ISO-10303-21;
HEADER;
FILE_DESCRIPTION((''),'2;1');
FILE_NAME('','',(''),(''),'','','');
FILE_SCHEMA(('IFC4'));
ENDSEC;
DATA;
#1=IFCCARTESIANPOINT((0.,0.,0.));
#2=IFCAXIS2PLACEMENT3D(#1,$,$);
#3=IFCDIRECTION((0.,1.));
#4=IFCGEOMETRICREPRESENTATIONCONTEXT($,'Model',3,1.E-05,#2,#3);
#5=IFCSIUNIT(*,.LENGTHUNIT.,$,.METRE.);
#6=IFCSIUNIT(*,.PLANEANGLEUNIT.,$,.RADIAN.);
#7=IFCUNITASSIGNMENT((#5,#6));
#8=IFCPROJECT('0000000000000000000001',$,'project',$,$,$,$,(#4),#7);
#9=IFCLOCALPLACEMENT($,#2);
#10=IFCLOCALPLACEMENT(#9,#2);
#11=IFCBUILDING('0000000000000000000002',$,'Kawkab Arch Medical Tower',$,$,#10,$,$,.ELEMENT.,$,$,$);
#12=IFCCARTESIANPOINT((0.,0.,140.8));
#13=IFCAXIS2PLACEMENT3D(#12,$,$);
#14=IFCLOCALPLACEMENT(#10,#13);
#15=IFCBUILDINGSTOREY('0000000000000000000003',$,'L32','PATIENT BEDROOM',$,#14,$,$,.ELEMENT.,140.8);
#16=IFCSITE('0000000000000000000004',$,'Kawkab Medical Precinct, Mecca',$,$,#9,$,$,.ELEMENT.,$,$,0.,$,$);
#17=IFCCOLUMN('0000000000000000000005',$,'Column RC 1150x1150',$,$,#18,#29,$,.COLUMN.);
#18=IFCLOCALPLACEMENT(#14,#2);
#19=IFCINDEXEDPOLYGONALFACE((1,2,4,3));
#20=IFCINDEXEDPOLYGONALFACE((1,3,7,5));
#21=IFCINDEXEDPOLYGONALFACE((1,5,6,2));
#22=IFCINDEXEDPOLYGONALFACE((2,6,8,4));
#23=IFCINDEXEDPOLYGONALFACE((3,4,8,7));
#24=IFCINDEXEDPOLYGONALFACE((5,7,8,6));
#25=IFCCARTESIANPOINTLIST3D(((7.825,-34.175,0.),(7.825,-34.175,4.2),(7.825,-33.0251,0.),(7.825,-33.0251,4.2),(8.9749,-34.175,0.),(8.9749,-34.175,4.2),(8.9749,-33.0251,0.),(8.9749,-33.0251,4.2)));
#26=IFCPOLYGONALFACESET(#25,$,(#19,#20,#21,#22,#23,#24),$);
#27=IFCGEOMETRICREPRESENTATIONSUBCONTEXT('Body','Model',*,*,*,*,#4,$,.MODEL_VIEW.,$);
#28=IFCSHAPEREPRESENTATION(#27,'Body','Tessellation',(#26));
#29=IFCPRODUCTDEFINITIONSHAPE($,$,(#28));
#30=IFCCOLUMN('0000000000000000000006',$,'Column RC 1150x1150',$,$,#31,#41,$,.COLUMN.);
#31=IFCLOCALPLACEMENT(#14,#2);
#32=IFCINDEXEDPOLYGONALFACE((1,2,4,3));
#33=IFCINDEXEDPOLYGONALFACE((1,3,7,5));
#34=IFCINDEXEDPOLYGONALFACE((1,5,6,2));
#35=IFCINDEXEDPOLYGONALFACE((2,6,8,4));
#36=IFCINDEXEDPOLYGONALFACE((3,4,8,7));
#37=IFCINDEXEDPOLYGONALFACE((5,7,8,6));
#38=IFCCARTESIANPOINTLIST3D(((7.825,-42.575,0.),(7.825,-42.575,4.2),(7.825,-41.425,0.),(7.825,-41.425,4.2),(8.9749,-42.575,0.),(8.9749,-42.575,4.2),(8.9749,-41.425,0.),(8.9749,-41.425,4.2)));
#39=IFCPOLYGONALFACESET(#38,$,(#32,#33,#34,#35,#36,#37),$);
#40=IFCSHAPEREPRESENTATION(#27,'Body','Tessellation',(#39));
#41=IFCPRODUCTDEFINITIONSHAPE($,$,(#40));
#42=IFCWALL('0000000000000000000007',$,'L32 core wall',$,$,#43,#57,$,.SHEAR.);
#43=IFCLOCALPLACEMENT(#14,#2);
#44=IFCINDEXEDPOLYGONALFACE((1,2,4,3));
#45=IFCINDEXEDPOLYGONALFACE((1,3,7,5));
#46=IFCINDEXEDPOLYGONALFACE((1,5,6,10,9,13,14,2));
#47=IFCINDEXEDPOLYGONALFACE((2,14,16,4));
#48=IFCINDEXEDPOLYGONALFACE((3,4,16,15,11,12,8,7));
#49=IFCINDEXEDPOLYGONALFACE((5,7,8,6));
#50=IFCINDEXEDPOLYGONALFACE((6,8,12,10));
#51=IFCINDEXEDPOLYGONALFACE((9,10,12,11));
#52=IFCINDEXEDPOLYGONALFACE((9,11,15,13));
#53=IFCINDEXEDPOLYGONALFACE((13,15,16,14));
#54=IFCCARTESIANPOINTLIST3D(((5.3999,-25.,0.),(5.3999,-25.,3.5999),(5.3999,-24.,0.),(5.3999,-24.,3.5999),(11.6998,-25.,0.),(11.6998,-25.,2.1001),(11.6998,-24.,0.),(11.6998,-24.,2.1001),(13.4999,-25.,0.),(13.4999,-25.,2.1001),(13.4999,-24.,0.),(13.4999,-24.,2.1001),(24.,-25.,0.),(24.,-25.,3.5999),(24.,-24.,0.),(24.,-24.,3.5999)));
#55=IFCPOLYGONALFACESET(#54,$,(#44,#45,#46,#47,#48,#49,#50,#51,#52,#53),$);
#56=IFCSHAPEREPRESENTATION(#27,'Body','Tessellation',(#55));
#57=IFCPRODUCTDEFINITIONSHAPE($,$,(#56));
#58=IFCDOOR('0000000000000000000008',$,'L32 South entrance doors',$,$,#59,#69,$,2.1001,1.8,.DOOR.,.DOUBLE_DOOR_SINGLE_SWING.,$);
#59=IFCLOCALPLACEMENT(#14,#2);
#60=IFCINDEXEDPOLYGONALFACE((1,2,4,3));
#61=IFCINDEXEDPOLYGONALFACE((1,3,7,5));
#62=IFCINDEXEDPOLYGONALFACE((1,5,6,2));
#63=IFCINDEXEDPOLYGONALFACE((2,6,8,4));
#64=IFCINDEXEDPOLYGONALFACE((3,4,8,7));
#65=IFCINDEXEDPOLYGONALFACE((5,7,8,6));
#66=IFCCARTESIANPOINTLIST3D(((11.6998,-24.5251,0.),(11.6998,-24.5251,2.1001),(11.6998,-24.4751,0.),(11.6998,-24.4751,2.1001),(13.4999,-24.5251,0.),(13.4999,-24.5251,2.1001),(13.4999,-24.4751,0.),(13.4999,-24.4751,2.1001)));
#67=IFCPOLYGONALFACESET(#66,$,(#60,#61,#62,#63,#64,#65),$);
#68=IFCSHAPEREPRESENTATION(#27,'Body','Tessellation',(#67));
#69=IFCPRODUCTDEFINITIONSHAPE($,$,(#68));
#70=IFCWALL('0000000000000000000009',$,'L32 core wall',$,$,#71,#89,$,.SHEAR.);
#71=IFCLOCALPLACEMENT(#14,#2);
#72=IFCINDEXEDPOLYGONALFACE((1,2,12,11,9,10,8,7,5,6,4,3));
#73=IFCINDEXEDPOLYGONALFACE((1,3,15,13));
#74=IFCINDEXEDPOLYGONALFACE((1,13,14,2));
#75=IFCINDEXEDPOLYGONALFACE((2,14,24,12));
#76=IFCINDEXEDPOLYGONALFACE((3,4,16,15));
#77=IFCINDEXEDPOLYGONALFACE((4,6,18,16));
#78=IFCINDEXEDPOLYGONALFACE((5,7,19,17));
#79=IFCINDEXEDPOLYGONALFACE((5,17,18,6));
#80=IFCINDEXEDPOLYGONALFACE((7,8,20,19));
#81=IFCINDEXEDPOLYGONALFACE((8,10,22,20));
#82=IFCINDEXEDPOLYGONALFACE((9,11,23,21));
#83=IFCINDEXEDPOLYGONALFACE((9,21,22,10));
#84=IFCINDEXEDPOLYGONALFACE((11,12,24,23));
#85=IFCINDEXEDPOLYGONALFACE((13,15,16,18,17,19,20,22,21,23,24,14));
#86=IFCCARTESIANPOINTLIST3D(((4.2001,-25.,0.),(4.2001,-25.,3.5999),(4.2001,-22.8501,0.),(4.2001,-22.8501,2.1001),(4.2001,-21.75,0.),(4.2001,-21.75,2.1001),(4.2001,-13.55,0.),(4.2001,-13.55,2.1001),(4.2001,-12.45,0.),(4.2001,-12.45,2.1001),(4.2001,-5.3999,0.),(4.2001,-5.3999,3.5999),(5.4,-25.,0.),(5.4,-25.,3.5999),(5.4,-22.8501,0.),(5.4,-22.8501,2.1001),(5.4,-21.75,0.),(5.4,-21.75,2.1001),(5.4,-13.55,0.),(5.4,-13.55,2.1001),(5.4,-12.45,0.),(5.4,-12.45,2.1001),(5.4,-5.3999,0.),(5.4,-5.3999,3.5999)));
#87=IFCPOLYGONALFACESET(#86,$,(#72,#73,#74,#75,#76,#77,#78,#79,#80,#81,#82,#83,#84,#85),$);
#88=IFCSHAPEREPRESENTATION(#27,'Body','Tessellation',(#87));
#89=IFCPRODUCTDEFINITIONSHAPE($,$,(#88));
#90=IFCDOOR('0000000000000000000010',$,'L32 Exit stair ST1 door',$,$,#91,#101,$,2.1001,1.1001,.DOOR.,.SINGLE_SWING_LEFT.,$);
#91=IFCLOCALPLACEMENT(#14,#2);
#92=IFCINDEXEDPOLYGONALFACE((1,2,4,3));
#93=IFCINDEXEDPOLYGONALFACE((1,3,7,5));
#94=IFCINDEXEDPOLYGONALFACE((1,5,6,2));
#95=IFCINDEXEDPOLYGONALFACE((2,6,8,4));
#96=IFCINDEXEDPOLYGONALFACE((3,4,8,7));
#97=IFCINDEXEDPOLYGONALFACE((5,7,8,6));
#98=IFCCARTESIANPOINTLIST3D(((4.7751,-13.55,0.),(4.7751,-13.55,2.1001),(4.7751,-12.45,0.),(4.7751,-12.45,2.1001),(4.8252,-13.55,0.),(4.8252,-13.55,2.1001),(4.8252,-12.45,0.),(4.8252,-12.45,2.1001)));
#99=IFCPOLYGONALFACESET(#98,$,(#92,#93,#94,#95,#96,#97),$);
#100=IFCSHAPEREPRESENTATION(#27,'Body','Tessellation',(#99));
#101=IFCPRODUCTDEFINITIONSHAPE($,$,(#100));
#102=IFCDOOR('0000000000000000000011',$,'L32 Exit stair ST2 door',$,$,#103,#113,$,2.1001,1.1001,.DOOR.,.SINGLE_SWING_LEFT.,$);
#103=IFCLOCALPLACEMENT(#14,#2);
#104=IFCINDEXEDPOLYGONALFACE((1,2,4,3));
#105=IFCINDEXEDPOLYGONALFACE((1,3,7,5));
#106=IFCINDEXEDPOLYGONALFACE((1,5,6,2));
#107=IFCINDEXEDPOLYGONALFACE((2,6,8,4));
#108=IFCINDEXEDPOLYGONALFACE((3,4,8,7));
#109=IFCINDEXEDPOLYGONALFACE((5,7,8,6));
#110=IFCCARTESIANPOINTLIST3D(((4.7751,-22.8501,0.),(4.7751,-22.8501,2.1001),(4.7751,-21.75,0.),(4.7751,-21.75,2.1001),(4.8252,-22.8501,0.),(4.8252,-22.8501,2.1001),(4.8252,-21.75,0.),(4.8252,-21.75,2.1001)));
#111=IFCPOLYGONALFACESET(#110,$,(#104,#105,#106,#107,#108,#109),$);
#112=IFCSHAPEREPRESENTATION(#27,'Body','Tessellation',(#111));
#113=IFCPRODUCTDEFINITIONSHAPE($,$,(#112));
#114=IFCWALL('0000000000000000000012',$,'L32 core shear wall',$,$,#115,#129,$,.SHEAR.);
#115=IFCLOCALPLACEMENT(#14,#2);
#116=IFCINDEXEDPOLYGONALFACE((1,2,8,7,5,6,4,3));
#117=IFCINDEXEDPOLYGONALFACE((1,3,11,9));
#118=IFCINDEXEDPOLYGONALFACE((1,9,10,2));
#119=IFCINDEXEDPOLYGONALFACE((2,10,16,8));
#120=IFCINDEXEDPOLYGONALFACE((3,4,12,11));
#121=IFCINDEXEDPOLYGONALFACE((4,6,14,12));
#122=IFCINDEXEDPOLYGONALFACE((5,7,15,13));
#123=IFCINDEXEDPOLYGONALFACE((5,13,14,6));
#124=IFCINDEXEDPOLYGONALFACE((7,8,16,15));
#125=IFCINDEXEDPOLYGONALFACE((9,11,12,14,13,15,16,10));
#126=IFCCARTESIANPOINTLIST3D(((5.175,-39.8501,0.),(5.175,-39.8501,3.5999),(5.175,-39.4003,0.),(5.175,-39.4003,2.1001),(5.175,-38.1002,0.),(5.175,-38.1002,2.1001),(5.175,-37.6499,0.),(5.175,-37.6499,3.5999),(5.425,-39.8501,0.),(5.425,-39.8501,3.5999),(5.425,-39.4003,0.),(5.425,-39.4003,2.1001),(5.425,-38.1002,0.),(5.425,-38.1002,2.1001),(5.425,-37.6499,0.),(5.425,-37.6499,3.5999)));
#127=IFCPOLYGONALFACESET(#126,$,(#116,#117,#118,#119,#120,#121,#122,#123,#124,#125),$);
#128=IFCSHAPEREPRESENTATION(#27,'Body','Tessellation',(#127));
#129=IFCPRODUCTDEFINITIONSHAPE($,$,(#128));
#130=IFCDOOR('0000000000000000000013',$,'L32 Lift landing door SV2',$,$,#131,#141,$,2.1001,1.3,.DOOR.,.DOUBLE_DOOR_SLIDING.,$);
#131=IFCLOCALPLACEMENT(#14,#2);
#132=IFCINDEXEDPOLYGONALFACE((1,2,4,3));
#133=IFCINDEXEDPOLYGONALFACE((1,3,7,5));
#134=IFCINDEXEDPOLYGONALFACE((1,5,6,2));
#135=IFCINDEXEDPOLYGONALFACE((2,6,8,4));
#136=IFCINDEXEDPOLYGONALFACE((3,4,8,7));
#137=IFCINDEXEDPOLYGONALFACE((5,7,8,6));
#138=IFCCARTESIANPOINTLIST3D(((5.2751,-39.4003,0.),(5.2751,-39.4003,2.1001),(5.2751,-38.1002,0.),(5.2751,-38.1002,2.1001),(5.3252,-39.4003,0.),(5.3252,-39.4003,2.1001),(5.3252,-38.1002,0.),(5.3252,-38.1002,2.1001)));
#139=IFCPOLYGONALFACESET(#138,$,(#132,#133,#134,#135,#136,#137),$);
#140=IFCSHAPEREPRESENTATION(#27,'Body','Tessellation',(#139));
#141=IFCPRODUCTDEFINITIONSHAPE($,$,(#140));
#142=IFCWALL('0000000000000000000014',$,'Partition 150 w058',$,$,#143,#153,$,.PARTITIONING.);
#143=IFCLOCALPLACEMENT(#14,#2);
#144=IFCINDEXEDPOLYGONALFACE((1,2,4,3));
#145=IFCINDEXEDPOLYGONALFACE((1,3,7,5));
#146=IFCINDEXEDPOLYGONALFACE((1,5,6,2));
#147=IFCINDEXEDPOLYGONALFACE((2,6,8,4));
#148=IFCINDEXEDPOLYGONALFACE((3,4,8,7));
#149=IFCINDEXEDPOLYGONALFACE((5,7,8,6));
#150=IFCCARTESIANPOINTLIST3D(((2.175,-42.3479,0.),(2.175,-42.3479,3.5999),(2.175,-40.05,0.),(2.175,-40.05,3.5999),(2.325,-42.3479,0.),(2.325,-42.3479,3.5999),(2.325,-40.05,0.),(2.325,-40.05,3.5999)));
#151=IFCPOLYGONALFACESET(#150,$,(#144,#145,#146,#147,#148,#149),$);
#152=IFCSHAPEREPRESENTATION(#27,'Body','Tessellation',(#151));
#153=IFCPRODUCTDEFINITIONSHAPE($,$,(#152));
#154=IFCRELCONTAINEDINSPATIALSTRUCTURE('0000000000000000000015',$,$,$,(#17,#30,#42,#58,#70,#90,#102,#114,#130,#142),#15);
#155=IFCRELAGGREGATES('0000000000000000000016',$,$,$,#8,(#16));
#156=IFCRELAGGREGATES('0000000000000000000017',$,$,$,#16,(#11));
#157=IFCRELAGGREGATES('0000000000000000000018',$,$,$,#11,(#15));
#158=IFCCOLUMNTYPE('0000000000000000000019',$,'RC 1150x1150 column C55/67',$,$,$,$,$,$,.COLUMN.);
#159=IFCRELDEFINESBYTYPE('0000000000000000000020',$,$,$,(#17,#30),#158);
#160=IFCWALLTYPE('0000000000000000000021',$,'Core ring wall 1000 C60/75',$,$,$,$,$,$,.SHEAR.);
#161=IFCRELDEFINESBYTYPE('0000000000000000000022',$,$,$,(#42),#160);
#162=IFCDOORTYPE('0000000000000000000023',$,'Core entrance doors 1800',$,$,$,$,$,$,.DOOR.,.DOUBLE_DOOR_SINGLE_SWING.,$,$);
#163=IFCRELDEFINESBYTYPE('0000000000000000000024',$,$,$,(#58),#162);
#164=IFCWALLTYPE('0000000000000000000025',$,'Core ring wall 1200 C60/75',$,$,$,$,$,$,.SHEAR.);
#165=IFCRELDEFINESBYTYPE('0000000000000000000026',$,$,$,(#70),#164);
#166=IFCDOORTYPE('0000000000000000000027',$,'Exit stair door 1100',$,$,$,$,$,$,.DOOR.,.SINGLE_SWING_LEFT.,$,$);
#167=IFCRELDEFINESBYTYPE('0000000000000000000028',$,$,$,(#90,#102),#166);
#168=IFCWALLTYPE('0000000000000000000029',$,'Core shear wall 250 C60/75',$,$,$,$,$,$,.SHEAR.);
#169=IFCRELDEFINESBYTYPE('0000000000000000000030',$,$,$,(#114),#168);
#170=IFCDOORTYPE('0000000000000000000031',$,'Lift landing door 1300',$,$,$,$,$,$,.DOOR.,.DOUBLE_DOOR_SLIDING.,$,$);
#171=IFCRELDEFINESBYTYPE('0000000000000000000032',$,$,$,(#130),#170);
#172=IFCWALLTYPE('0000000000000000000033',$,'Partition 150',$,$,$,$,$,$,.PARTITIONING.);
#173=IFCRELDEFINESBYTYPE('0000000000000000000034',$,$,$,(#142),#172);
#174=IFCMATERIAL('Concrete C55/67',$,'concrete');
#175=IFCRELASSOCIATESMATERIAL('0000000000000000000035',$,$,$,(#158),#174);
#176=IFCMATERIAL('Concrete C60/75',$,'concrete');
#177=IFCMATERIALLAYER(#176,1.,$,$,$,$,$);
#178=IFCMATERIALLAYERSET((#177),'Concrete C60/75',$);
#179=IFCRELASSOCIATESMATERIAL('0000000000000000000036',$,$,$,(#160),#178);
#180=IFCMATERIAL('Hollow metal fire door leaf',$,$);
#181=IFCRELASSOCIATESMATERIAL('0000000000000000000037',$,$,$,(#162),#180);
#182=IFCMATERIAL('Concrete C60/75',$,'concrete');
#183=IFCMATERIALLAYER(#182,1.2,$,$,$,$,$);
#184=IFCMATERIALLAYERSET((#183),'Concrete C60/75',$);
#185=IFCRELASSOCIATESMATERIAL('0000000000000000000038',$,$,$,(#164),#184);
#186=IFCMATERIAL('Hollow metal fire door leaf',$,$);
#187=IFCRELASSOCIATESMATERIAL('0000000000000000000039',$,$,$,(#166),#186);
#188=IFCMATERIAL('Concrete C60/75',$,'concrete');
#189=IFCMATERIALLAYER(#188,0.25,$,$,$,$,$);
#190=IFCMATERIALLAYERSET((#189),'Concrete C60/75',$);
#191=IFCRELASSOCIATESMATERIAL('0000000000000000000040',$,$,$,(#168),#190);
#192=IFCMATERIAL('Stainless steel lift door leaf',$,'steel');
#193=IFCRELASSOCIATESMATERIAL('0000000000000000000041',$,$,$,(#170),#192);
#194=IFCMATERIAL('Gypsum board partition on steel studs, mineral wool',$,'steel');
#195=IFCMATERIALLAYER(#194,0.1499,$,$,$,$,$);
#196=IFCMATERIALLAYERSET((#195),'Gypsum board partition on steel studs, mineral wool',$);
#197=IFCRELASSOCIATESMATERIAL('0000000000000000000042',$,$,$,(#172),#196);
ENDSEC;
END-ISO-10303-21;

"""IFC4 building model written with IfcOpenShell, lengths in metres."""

from ifc_helpers import new_model, si_unit, direction, frame, frame_2d, origin, origin_2d, place, context, subcontext, project, spatial, rectangle, extrude, material, layer, layer_set, material_profile, profile_set, type_object, element, fill, save


model = new_model("IFC4")

# Units and contexts
model_context = context("Model", 3, precision=1e-05, world=origin(), true_north=direction((0.0, 1.0)))
body_context = subcontext(model_context, "Body", "Model", "MODEL_VIEW")
ifc_project = project(units=[si_unit("LENGTHUNIT", "METRE"), si_unit("PLANEANGLEUNIT", "RADIAN")], contexts=[model_context])

# Site, building, storey
site_placement = place(None, origin())
site = spatial("IfcSite", under=ifc_project, at=site_placement, Name="Kawkab Medical Precinct, Mecca", CompositionType="ELEMENT", RefElevation=0.0)
building_placement = place(site_placement, origin())
building = spatial("IfcBuilding", under=site, at=building_placement, Name="Kawkab Arch Medical Tower", CompositionType="ELEMENT")
storey_placement = place(building_placement, frame((0.0, 0.0, 140.8)))
storey = spatial("IfcBuildingStorey", under=building, at=storey_placement, Name="L32", Description="PATIENT BEDROOM", CompositionType="ELEMENT", Elevation=140.8)

# Columns
ifc_material_1 = material(Name="Concrete C55/67", Category="concrete")
ifc_material_profile = material_profile(ifc_material_1, rectangle(XDim=1.1499, YDim=1.1499, at=origin_2d()), Name="RC 1150x1150")
ifc_profile_set = profile_set([ifc_material_profile], Name="Concrete C55/67")
column_type = type_object("IfcColumnType", Name="RC 1150x1150 column C55/67", PredefinedType="COLUMN", material=ifc_profile_set)
for number, where, z_axis, x_axis, name in (
    (1, (8.3999, -33.6001, 0.0), (0.0, 0.0, 1.0), (1.0, 0.0, 0.0), "Column RC 1150x1150"),
    (2, (8.3999, -42.0, 0.0), (0.0, 0.0, 1.0), (1.0, 0.0, 0.0), "Column RC 1150x1150"),
):
    element("IfcColumn", number, at=place(storey_placement, frame(where, z_axis=z_axis, x_axis=x_axis)), inside=storey, type_object=column_type, Name=name, PredefinedType="COLUMN", context=body_context, shape_type="SweptSolid", body=[
        extrude(rectangle(XDim=1.1499, YDim=1.1499, at=origin_2d()), origin(), (0.0, 0.0, 1.0), 4.2),
    ])

# Wall, opening, door
ifc_material_2 = material(Name="Concrete C60/75", Category="concrete")
ifc_layer_1 = layer(ifc_material_2, 1.0)
ifc_layer_set_1 = layer_set([ifc_layer_1], Name="Concrete C60/75")
wall_type_1 = type_object("IfcWallType", Name="Core ring wall 1000 C60/75", PredefinedType="SHEAR", material=ifc_layer_set_1)
wall_1_placement = place(storey_placement, frame((5.3999, -24.5, 0.0), z_axis=(0.0, 0.0, 1.0), x_axis=(1.0, 0.0, 0.0)))
wall_1 = element("IfcWall", 3, at=wall_1_placement, inside=storey, type_object=wall_type_1, Name="L32 core wall", PredefinedType="SHEAR", context=body_context, shape_type="SweptSolid", body=[
    extrude(rectangle(XDim=18.6001, YDim=1.0, at=frame_2d((9.3, 0.0))), origin(), (0.0, 0.0, 1.0), 3.5999),
])
opening_1_placement = place(wall_1_placement, frame((6.3, 0.0, 0.0)))
opening_1 = element("IfcOpeningElement", 4, at=opening_1_placement, cuts=wall_1, PredefinedType="OPENING", context=body_context, shape_type="SweptSolid", body=[
    extrude(rectangle(XDim=1.8, YDim=2.1001, at=frame_2d((0.8999, 1.05))), frame((0.0, 0.51, 0.0), z_axis=(0.0, -1.0, 0.0), x_axis=(1.0, 0.0, 0.0)), (0.0, 0.0, 1.0), 1.02),
])
ifc_material_3 = material(Name="Hollow metal fire door leaf")
door_type_1 = type_object("IfcDoorType", Name="Core entrance doors 1800", OperationType="DOUBLE_DOOR_SINGLE_SWING", PredefinedType="DOOR", material=ifc_material_3)
door_1_placement = place(opening_1_placement, origin())
door_1 = element("IfcDoor", 5, at=door_1_placement, inside=storey, type_object=door_type_1, Name="L32 South entrance doors", OperationType="DOUBLE_DOOR_SINGLE_SWING", OverallHeight=2.1001, OverallWidth=1.8, PredefinedType="DOOR", context=body_context, shape_type="SweptSolid", body=[
    extrude(rectangle(XDim=1.8, YDim=2.1001, at=frame_2d((0.8999, 1.05))), frame((0.0, 0.0249, 0.0), z_axis=(0.0, -1.0, 0.0), x_axis=(1.0, 0.0, 0.0)), (0.0, 0.0, 1.0), 0.05),
])
fill(opening_1, door_1)

# Wall, openings, doors
ifc_material_4 = material(Name="Concrete C60/75", Category="concrete")
ifc_layer_2 = layer(ifc_material_4, 1.2)
ifc_layer_set_2 = layer_set([ifc_layer_2], Name="Concrete C60/75")
wall_type_2 = type_object("IfcWallType", Name="Core ring wall 1200 C60/75", PredefinedType="SHEAR", material=ifc_layer_set_2)
wall_2_placement = place(storey_placement, frame((4.8, -25.0, 0.0), z_axis=(0.0, 0.0, 1.0), x_axis=(0.0, 1.0, 0.0)))
wall_2 = element("IfcWall", 6, at=wall_2_placement, inside=storey, type_object=wall_type_2, Name="L32 core wall", PredefinedType="SHEAR", context=body_context, shape_type="SweptSolid", body=[
    extrude(rectangle(XDim=19.6001, YDim=1.2, at=frame_2d((9.8, 0.0))), origin(), (0.0, 0.0, 1.0), 3.5999),
])
opening_2_placement = place(wall_2_placement, frame((11.45, 0.0, 0.0)))
opening_2 = element("IfcOpeningElement", 7, at=opening_2_placement, cuts=wall_2, PredefinedType="OPENING", context=body_context, shape_type="SweptSolid", body=[
    extrude(rectangle(XDim=1.1001, YDim=2.1001, at=frame_2d((0.55, 1.05))), frame((0.0, 0.6099, 0.0), z_axis=(0.0, -1.0, 0.0), x_axis=(1.0, 0.0, 0.0)), (0.0, 0.0, 1.0), 1.22),
])
opening_3_placement = place(wall_2_placement, frame((2.1499, 0.0, 0.0)))
opening_3 = element("IfcOpeningElement", 8, at=opening_3_placement, cuts=wall_2, PredefinedType="OPENING", context=body_context, shape_type="SweptSolid", body=[
    extrude(rectangle(XDim=1.1001, YDim=2.1001, at=frame_2d((0.55, 1.05))), frame((0.0, 0.6099, 0.0), z_axis=(0.0, -1.0, 0.0), x_axis=(1.0, 0.0, 0.0)), (0.0, 0.0, 1.0), 1.22),
])
ifc_material_5 = material(Name="Hollow metal fire door leaf")
door_type_2 = type_object("IfcDoorType", Name="Exit stair door 1100", OperationType="SINGLE_SWING_LEFT", PredefinedType="DOOR", material=ifc_material_5)
door_2_placement = place(opening_2_placement, origin())
door_2 = element("IfcDoor", 9, at=door_2_placement, inside=storey, type_object=door_type_2, Name="L32 Exit stair ST1 door", OperationType="SINGLE_SWING_LEFT", OverallHeight=2.1001, OverallWidth=1.1001, PredefinedType="DOOR", context=body_context, shape_type="SweptSolid", body=[
    extrude(rectangle(XDim=1.1001, YDim=2.1001, at=frame_2d((0.55, 1.05))), frame((0.0, 0.0249, 0.0), z_axis=(0.0, -1.0, 0.0), x_axis=(1.0, 0.0, 0.0)), (0.0, 0.0, 1.0), 0.05),
])
fill(opening_2, door_2)
door_3_placement = place(opening_3_placement, origin())
door_3 = element("IfcDoor", 10, at=door_3_placement, inside=storey, type_object=door_type_2, Name="L32 Exit stair ST2 door", OperationType="SINGLE_SWING_LEFT", OverallHeight=2.1001, OverallWidth=1.1001, PredefinedType="DOOR", context=body_context, shape_type="SweptSolid", body=[
    extrude(rectangle(XDim=1.1001, YDim=2.1001, at=frame_2d((0.55, 1.05))), frame((0.0, 0.0249, 0.0), z_axis=(0.0, -1.0, 0.0), x_axis=(1.0, 0.0, 0.0)), (0.0, 0.0, 1.0), 0.05),
])
fill(opening_3, door_3)

# Wall, opening, door
ifc_material_6 = material(Name="Concrete C60/75", Category="concrete")
ifc_layer_3 = layer(ifc_material_6, 0.25)
ifc_layer_set_3 = layer_set([ifc_layer_3], Name="Concrete C60/75")
wall_type_3 = type_object("IfcWallType", Name="Core shear wall 250 C60/75", PredefinedType="SHEAR", material=ifc_layer_set_3)
wall_3_placement = place(storey_placement, frame((5.3, -39.8501, 0.0), z_axis=(0.0, 0.0, 1.0), x_axis=(0.0, 1.0, 0.0)))
wall_3 = element("IfcWall", 11, at=wall_3_placement, inside=storey, type_object=wall_type_3, Name="L32 core shear wall", PredefinedType="SHEAR", context=body_context, shape_type="SweptSolid", body=[
    extrude(rectangle(XDim=2.2002, YDim=0.25, at=frame_2d((1.1001, 0.0))), origin(), (0.0, 0.0, 1.0), 3.5999),
])
opening_4_placement = place(wall_3_placement, frame((0.45, 0.0, 0.0)))
opening_4 = element("IfcOpeningElement", 12, at=opening_4_placement, cuts=wall_3, PredefinedType="OPENING", context=body_context, shape_type="SweptSolid", body=[
    extrude(rectangle(XDim=1.3, YDim=2.1001, at=frame_2d((0.6499, 1.05))), frame((0.0, 0.135, 0.0), z_axis=(0.0, -1.0, 0.0), x_axis=(1.0, 0.0, 0.0)), (0.0, 0.0, 1.0), 0.27),
])
ifc_material_7 = material(Name="Stainless steel lift door leaf", Category="steel")
door_type_3 = type_object("IfcDoorType", Name="Lift landing door 1300", OperationType="DOUBLE_DOOR_SLIDING", PredefinedType="DOOR", material=ifc_material_7)
door_4_placement = place(opening_4_placement, origin())
door_4 = element("IfcDoor", 13, at=door_4_placement, inside=storey, type_object=door_type_3, Name="L32 Lift landing door SV2", OperationType="DOUBLE_DOOR_SLIDING", OverallHeight=2.1001, OverallWidth=1.3, PredefinedType="DOOR", context=body_context, shape_type="SweptSolid", body=[
    extrude(rectangle(XDim=1.3, YDim=2.1001, at=frame_2d((0.6499, 1.05))), frame((0.0, 0.0249, 0.0), z_axis=(0.0, -1.0, 0.0), x_axis=(1.0, 0.0, 0.0)), (0.0, 0.0, 1.0), 0.05),
])
fill(opening_4, door_4)

# Wall
ifc_material_8 = material(Name="Gypsum board partition on steel studs, mineral wool", Category="steel")
ifc_layer_4 = layer(ifc_material_8, 0.1499)
ifc_layer_set_4 = layer_set([ifc_layer_4], Name="Gypsum board partition on steel studs, mineral wool")
wall_type_4 = type_object("IfcWallType", Name="Partition 150", PredefinedType="PARTITIONING", material=ifc_layer_set_4)
wall_4_placement = place(storey_placement, frame((2.25, -42.3479, 0.0), z_axis=(0.0, 0.0, 1.0), x_axis=(0.0, 1.0, 0.0)))
element("IfcWall", 14, at=wall_4_placement, inside=storey, type_object=wall_type_4, Name="Partition 150 w058", PredefinedType="PARTITIONING", context=body_context, shape_type="SweptSolid", body=[
    extrude(rectangle(XDim=2.2979, YDim=0.1499, at=frame_2d((1.1489, 0.0))), origin(), (0.0, 0.0, 1.0), 3.5999),
])

save(model, "model.ifc")
